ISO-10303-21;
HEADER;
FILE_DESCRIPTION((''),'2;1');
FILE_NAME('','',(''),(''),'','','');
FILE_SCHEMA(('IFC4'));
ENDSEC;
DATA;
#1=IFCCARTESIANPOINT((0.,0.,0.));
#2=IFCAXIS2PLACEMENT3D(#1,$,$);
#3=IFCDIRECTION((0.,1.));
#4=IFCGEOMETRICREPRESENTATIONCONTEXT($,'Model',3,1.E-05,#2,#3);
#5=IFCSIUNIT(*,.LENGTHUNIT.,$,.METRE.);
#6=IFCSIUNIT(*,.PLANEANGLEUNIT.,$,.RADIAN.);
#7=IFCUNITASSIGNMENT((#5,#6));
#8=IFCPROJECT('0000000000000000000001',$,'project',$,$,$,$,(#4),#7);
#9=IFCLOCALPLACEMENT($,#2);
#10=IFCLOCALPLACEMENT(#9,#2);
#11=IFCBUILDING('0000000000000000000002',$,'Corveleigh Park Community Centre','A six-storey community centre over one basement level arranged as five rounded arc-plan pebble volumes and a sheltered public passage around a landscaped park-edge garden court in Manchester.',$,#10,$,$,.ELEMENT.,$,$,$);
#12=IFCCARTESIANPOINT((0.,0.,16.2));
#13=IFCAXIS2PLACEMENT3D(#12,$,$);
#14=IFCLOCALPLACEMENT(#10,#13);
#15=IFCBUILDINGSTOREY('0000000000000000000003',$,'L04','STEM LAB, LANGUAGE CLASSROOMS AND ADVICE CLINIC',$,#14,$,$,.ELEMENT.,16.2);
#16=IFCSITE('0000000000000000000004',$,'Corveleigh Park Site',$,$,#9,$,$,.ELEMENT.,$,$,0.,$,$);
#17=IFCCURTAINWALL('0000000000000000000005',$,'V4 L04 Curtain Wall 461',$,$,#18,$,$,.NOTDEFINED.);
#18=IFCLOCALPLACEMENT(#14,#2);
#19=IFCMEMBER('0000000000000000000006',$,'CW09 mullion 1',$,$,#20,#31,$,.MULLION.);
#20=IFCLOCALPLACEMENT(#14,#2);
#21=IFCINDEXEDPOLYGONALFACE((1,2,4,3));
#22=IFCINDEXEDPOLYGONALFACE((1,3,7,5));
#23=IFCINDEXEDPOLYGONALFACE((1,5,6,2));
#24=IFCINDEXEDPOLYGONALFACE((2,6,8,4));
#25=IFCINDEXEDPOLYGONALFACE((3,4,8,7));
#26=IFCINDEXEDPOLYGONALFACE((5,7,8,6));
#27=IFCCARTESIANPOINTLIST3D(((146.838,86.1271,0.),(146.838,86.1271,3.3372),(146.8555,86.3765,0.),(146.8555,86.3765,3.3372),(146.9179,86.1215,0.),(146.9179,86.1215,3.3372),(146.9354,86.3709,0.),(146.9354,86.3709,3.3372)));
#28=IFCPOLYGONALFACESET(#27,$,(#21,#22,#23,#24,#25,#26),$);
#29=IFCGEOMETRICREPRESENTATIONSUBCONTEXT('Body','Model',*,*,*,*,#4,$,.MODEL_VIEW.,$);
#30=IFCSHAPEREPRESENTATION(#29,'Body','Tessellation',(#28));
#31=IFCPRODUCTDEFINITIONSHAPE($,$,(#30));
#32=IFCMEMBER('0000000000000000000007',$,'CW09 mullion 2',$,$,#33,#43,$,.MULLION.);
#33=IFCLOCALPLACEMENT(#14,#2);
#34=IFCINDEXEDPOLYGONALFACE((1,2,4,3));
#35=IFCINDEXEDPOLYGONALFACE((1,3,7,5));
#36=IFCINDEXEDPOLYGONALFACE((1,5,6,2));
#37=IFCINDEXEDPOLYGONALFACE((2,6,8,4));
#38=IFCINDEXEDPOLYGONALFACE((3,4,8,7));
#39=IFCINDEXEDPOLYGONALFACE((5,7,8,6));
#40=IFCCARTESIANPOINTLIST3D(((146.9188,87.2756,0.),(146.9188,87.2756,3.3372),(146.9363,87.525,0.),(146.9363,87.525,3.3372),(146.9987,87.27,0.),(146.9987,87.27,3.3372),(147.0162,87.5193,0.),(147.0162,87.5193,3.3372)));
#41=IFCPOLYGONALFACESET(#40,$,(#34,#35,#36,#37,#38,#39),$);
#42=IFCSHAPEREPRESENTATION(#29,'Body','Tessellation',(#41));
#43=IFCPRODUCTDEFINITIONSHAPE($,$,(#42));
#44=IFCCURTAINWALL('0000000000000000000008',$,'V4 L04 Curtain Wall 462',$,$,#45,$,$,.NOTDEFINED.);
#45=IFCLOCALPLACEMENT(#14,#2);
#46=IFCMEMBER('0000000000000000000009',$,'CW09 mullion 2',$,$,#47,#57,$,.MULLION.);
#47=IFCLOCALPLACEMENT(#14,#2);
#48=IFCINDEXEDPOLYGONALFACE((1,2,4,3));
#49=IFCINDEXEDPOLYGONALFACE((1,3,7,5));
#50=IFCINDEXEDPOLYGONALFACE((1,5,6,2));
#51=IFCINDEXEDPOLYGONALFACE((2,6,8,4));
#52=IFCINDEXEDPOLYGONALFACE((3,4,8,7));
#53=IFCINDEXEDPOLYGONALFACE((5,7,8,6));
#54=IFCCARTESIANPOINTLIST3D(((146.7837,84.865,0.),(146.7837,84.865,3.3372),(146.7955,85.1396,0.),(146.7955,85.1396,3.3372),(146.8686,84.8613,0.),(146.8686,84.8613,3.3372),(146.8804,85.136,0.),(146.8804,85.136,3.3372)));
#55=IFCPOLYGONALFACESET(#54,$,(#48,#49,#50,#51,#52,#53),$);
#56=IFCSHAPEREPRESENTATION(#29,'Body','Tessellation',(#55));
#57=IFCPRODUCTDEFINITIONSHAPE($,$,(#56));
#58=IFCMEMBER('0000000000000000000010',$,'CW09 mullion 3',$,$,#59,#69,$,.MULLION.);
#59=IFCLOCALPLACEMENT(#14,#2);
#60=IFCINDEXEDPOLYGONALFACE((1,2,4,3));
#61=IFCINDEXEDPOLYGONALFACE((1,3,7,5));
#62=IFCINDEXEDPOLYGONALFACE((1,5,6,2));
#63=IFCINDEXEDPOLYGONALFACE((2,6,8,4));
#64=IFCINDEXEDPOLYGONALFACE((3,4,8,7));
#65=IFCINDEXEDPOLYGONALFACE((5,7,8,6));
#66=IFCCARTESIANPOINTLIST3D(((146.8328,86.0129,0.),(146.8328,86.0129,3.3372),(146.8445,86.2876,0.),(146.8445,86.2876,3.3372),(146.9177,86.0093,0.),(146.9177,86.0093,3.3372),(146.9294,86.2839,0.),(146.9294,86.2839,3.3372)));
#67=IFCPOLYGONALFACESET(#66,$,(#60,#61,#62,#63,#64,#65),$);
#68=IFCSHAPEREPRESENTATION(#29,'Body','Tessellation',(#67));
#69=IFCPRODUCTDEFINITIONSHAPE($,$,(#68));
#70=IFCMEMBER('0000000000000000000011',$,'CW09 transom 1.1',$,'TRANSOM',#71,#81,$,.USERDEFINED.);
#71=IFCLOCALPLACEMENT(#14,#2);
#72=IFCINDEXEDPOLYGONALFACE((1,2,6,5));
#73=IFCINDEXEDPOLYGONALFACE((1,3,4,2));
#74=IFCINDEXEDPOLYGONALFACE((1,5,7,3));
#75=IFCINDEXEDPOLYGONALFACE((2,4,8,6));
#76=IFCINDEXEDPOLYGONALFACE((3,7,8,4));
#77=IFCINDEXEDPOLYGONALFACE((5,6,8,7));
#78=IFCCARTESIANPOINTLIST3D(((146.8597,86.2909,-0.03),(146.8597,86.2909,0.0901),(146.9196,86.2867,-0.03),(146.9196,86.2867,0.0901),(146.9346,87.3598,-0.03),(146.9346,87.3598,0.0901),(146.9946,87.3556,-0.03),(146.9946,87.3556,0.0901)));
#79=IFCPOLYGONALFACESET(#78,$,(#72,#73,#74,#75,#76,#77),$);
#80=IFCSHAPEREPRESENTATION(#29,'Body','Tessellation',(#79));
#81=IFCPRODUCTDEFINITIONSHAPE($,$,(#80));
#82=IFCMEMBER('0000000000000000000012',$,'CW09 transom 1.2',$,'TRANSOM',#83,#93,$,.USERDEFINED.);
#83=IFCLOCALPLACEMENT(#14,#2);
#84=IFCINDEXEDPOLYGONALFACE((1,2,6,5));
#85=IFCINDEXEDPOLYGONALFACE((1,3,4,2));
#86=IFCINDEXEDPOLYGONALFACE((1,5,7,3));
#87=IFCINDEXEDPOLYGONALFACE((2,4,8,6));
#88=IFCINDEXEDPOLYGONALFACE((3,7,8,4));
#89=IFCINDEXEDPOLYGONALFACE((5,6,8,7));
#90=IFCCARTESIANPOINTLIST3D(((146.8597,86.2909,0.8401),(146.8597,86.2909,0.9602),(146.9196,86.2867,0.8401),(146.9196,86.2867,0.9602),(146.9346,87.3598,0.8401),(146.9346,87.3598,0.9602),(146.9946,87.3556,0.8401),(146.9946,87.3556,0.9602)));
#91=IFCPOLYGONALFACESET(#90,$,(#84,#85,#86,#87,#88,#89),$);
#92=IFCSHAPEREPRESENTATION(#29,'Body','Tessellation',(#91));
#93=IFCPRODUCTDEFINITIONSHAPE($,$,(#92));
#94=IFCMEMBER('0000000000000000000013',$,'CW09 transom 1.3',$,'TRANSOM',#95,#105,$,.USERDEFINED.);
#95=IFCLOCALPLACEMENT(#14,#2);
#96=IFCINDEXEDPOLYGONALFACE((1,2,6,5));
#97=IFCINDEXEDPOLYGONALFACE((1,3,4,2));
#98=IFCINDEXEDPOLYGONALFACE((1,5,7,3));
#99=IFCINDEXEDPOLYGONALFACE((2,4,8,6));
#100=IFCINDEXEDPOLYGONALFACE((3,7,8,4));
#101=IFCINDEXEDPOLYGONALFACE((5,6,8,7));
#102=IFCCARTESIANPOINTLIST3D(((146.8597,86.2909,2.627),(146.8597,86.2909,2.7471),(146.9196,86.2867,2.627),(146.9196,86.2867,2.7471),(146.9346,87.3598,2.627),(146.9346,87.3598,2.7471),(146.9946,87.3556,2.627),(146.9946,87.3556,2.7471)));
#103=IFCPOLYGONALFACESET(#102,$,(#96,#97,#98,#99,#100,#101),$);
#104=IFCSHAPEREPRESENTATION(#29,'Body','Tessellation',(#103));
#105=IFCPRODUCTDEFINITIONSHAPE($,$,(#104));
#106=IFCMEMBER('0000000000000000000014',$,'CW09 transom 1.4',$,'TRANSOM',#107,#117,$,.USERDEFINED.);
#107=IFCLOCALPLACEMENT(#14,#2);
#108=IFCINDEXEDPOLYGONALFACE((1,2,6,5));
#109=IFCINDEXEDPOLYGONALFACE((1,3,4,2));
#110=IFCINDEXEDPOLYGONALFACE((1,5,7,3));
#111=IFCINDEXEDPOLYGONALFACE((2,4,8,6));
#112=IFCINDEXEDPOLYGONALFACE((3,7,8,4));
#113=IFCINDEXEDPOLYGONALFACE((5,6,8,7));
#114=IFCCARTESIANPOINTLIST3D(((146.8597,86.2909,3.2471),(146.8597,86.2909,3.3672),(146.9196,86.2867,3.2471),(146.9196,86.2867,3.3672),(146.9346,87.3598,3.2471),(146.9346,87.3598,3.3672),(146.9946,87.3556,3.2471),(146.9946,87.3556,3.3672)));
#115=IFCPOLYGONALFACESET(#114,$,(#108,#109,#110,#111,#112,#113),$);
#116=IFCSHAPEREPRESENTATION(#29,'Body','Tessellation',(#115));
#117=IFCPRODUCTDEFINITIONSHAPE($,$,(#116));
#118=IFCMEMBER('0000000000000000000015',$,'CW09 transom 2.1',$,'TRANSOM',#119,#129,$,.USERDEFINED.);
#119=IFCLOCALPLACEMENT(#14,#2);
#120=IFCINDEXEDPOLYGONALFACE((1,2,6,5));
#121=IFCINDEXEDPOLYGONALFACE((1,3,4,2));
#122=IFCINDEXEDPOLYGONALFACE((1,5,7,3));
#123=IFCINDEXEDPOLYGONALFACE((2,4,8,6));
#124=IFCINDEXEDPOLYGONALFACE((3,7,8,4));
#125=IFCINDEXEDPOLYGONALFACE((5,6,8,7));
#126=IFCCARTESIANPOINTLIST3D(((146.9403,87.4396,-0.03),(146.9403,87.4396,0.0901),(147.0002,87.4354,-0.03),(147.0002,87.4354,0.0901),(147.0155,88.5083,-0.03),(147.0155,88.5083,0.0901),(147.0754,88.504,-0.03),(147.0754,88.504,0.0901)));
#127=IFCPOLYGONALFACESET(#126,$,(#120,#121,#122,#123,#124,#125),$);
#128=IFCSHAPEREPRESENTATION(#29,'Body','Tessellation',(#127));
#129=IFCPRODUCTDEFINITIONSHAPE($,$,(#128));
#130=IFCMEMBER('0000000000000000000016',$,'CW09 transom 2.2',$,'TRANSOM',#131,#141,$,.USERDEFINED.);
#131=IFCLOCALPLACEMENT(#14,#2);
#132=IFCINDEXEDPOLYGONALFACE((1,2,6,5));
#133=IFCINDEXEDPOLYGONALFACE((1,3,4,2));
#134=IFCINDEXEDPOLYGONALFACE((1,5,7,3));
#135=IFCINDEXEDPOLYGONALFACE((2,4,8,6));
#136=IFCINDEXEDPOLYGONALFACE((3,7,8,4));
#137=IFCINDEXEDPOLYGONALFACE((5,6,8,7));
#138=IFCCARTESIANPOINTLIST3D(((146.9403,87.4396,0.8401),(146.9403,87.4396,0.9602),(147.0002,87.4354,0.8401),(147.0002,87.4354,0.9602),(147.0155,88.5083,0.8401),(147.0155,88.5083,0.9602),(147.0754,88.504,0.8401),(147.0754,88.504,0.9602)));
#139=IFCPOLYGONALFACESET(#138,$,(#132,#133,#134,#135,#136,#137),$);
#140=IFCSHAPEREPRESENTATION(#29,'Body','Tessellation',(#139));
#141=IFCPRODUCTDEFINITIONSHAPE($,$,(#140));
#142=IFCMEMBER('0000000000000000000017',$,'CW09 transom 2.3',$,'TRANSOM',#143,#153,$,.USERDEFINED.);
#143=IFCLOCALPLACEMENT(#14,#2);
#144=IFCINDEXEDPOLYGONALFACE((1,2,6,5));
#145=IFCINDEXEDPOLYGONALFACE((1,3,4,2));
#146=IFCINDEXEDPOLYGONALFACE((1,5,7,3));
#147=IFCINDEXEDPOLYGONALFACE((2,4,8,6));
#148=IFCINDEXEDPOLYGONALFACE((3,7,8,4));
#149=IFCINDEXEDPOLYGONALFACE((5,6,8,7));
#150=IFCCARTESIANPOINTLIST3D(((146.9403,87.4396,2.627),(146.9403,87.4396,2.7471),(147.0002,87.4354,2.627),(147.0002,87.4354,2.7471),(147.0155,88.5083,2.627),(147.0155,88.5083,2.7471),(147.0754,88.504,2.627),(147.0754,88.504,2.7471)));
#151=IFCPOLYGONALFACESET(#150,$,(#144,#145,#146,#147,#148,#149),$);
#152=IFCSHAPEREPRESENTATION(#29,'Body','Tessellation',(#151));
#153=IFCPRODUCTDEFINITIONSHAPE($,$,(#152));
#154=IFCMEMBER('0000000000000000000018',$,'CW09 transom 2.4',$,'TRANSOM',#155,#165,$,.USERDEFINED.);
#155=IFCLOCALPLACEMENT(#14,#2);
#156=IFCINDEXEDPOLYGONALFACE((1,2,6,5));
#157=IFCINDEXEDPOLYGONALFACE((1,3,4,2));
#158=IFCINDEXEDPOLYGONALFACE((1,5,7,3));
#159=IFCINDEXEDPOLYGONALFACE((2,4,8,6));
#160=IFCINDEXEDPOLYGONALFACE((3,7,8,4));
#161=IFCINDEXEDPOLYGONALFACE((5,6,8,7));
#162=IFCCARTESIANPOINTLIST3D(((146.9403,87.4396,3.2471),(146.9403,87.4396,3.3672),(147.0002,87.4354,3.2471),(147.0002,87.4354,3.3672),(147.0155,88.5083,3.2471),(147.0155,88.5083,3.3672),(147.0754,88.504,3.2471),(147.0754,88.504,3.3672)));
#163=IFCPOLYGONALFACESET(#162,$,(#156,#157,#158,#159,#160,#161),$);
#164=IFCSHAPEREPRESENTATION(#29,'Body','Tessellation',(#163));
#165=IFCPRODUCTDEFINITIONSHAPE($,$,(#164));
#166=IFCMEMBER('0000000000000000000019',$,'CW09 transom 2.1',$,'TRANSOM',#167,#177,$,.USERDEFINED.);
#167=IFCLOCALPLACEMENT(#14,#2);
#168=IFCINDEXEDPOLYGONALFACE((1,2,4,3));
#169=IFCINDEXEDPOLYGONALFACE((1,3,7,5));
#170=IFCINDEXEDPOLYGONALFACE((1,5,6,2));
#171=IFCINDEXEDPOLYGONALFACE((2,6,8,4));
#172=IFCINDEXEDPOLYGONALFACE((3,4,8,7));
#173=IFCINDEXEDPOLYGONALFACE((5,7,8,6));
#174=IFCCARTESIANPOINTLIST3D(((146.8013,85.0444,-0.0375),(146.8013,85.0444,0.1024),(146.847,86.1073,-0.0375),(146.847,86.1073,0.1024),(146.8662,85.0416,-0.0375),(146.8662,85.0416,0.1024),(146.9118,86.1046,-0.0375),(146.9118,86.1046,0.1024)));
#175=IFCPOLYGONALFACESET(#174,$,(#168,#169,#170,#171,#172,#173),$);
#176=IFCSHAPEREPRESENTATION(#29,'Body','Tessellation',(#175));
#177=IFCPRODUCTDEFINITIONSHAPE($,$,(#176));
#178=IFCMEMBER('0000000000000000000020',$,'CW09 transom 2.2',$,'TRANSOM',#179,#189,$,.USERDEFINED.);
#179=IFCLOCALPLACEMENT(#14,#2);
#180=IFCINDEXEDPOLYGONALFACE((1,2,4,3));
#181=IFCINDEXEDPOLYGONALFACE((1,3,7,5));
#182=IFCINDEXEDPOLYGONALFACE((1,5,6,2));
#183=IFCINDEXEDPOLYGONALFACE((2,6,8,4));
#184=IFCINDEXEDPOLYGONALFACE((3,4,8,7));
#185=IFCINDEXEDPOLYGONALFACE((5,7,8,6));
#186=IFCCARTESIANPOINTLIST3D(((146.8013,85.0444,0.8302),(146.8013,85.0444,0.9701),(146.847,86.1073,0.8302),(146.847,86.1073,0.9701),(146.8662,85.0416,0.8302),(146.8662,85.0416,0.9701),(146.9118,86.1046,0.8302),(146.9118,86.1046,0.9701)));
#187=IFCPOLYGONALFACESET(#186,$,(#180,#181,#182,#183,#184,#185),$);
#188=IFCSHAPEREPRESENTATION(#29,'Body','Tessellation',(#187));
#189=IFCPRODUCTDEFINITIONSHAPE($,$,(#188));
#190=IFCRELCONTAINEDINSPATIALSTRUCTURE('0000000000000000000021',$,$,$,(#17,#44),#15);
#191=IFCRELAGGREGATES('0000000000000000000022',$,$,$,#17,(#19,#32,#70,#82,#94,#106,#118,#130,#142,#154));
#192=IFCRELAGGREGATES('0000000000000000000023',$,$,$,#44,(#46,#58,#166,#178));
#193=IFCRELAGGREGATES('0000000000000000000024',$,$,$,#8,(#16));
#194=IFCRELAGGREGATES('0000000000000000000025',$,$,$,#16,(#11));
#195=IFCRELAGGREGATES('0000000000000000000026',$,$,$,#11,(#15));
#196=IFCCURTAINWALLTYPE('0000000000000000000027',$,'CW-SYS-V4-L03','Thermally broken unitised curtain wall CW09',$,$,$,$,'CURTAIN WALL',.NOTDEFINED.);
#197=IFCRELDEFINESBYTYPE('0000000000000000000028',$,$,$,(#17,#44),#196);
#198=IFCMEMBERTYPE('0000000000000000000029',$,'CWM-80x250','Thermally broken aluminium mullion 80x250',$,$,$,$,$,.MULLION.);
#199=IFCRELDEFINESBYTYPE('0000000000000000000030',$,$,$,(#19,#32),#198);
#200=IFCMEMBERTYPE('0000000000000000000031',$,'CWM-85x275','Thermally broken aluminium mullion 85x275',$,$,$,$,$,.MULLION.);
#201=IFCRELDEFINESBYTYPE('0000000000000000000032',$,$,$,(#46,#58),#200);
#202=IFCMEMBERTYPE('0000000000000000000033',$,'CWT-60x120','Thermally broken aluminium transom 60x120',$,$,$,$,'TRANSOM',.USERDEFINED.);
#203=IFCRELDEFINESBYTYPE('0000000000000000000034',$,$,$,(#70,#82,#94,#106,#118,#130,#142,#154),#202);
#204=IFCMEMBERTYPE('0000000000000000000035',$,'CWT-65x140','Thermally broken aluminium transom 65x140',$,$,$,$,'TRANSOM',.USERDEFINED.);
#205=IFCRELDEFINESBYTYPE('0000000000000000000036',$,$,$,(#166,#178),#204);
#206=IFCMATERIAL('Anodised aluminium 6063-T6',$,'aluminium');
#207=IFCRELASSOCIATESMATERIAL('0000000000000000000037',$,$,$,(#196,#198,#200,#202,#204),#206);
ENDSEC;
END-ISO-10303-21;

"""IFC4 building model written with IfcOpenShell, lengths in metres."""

from ifc_helpers import new_model, si_unit, direction, frame, origin, origin_2d, place, context, subcontext, project, spatial, rectangle, extrude, material, material_profile, profile_set, type_object, element, aggregate, save


model = new_model("IFC4")

# Units and contexts
model_context = context("Model", 3, precision=1e-05, world=origin(), true_north=direction((0.0, 1.0)))
body_context = subcontext(model_context, "Body", "Model", "MODEL_VIEW")
ifc_project = project(units=[si_unit("LENGTHUNIT", "METRE"), si_unit("PLANEANGLEUNIT", "RADIAN")], contexts=[model_context])

# Site, building, storey
site_placement = place(None, origin())
site = spatial("IfcSite", under=ifc_project, at=site_placement, Name="Corveleigh Park Site", CompositionType="ELEMENT", RefElevation=0.0)
building_placement = place(site_placement, origin())
building = spatial("IfcBuilding", under=site, at=building_placement, Name="Corveleigh Park Community Centre", Description="A six-storey community centre over one basement level arranged as five rounded arc-plan pebble volumes and a sheltered public passage around a landscaped park-edge garden court in Manchester.", CompositionType="ELEMENT")
storey_placement = place(building_placement, frame((0.0, 0.0, 16.2)))
storey = spatial("IfcBuildingStorey", under=building, at=storey_placement, Name="L04", Description="STEM LAB, LANGUAGE CLASSROOMS AND ADVICE CLINIC", CompositionType="ELEMENT", Elevation=16.2)

# Curtain walls, members
ifc_material_1 = material(Name="Anodised aluminium 6063-T6", Category="aluminium")
curtain_wall_type = type_object("IfcCurtainWallType", Name="CW-SYS-V4-L03", Description="Thermally broken unitised curtain wall CW09", ElementType="CURTAIN WALL", PredefinedType="NOTDEFINED", material=ifc_material_1)
curtain_wall_1_placement = place(storey_placement, origin())
curtain_wall_1 = element("IfcCurtainWall", 1, at=curtain_wall_1_placement, inside=storey, type_object=curtain_wall_type, Name="V4 L04 Curtain Wall 461", PredefinedType="NOTDEFINED")
ifc_material_profile_1 = material_profile(ifc_material_1, rectangle(XDim=0.0801, YDim=0.25, at=origin_2d()), Name="ALU-M80x250", Category="aluminium")
ifc_profile_set_1 = profile_set([ifc_material_profile_1], Name="Anodised aluminium 6063-T6")
member_type_1 = type_object("IfcMemberType", Name="CWM-80x250", Description="Thermally broken aluminium mullion 80x250", PredefinedType="MULLION", material=ifc_profile_set_1)
member_1_placement = place(storey_placement, frame((146.8867, 86.249, 0.0), z_axis=(0.0, 0.0, 1.0), x_axis=(-0.997541, 0.070084, 0.0)))
member_1 = element("IfcMember", 2, at=member_1_placement, type_object=member_type_1, Name="CW09 mullion 1", PredefinedType="MULLION", context=body_context, shape_type="SweptSolid", body=[
    extrude(rectangle(XDim=0.0801, YDim=0.25, at=origin_2d()), origin(), (0.0, 0.0, 1.0), 3.3372),
])
member_2_placement = place(storey_placement, frame((146.9675, 87.3975, 0.0), z_axis=(0.0, 0.0, 1.0), x_axis=(-0.997541, 0.070084, 0.0)))
member_2 = element("IfcMember", 3, at=member_2_placement, type_object=member_type_1, Name="CW09 mullion 2", PredefinedType="MULLION", context=body_context, shape_type="SweptSolid", body=[
    extrude(rectangle(XDim=0.0801, YDim=0.25, at=origin_2d()), origin(), (0.0, 0.0, 1.0), 3.3372),
])
curtain_wall_2_placement = place(storey_placement, origin())
curtain_wall_2 = element("IfcCurtainWall", 4, at=curtain_wall_2_placement, inside=storey, type_object=curtain_wall_type, Name="V4 L04 Curtain Wall 462", PredefinedType="NOTDEFINED")
ifc_material_profile_2 = material_profile(ifc_material_1, rectangle(XDim=0.085, YDim=0.2749, at=origin_2d()), Name="ALU-M85x275", Category="aluminium")
ifc_profile_set_2 = profile_set([ifc_material_profile_2], Name="Anodised aluminium 6063-T6")
member_type_2 = type_object("IfcMemberType", Name="CWM-85x275", Description="Thermally broken aluminium mullion 85x275", PredefinedType="MULLION", material=ifc_profile_set_2)
member_3_placement = place(storey_placement, frame((146.832, 85.0005, 0.0), z_axis=(0.0, 0.0, 1.0), x_axis=(-0.999084, 0.0428, 0.0)))
member_3 = element("IfcMember", 5, at=member_3_placement, type_object=member_type_2, Name="CW09 mullion 2", PredefinedType="MULLION", context=body_context, shape_type="SweptSolid", body=[
    extrude(rectangle(XDim=0.085, YDim=0.2749, at=origin_2d()), origin(), (0.0, 0.0, 1.0), 3.3372),
])
member_4_placement = place(storey_placement, frame((146.8811, 86.1484, 0.0), z_axis=(0.0, 0.0, 1.0), x_axis=(-0.999084, 0.0428, 0.0)))
member_4 = element("IfcMember", 6, at=member_4_placement, type_object=member_type_2, Name="CW09 mullion 3", PredefinedType="MULLION", context=body_context, shape_type="SweptSolid", body=[
    extrude(rectangle(XDim=0.085, YDim=0.2749, at=origin_2d()), origin(), (0.0, 0.0, 1.0), 3.3372),
])

# Members
ifc_material_profile_3 = material_profile(ifc_material_1, rectangle(XDim=0.0601, YDim=0.1201, at=origin_2d()), Name="ALU-T60x120", Category="aluminium")
ifc_profile_set_3 = profile_set([ifc_material_profile_3], Name="Anodised aluminium 6063-T6")
member_type_3 = type_object("IfcMemberType", Name="CWT-60x120", Description="Thermally broken aluminium transom 60x120", ElementType="TRANSOM", PredefinedType="USERDEFINED", material=ifc_profile_set_3)
member_5_placement = place(storey_placement, frame((146.8896, 86.2888, 0.03), z_axis=(0.069952, 0.99755, 0.0), x_axis=(-0.99755, 0.069952, 0.0)))
member_5 = element("IfcMember", 7, at=member_5_placement, type_object=member_type_3, Name="CW09 transom 1.1", ObjectType="TRANSOM", PredefinedType="USERDEFINED", context=body_context, shape_type="SweptSolid", body=[
    extrude(rectangle(XDim=0.0601, YDim=0.1201, at=origin_2d()), origin(), (0.0, 0.0, 1.0), 1.0715),
])
member_6_placement = place(storey_placement, frame((146.8896, 86.2888, 0.9001), z_axis=(0.069952, 0.99755, 0.0), x_axis=(-0.99755, 0.069952, 0.0)))
member_6 = element("IfcMember", 8, at=member_6_placement, type_object=member_type_3, Name="CW09 transom 1.2", ObjectType="TRANSOM", PredefinedType="USERDEFINED", context=body_context, shape_type="SweptSolid", body=[
    extrude(rectangle(XDim=0.0601, YDim=0.1201, at=origin_2d()), origin(), (0.0, 0.0, 1.0), 1.0715),
])
member_7_placement = place(storey_placement, frame((146.8896, 86.2888, 2.687), z_axis=(0.069952, 0.99755, 0.0), x_axis=(-0.99755, 0.069952, 0.0)))
member_7 = element("IfcMember", 9, at=member_7_placement, type_object=member_type_3, Name="CW09 transom 1.3", ObjectType="TRANSOM", PredefinedType="USERDEFINED", context=body_context, shape_type="SweptSolid", body=[
    extrude(rectangle(XDim=0.0601, YDim=0.1201, at=origin_2d()), origin(), (0.0, 0.0, 1.0), 1.0715),
])
member_8_placement = place(storey_placement, frame((146.8896, 86.2888, 3.3071), z_axis=(0.069952, 0.99755, 0.0), x_axis=(-0.99755, 0.069952, 0.0)))
member_8 = element("IfcMember", 10, at=member_8_placement, type_object=member_type_3, Name="CW09 transom 1.4", ObjectType="TRANSOM", PredefinedType="USERDEFINED", context=body_context, shape_type="SweptSolid", body=[
    extrude(rectangle(XDim=0.0601, YDim=0.1201, at=origin_2d()), origin(), (0.0, 0.0, 1.0), 1.0715),
])
member_9_placement = place(storey_placement, frame((146.9702, 87.4375, 0.03), z_axis=(0.070194, 0.997533, 0.0), x_axis=(-0.997533, 0.070194, 0.0)))
member_9 = element("IfcMember", 11, at=member_9_placement, type_object=member_type_3, Name="CW09 transom 2.1", ObjectType="TRANSOM", PredefinedType="USERDEFINED", context=body_context, shape_type="SweptSolid", body=[
    extrude(rectangle(XDim=0.0601, YDim=0.1201, at=origin_2d()), origin(), (0.0, 0.0, 1.0), 1.0713),
])
member_10_placement = place(storey_placement, frame((146.9702, 87.4375, 0.9001), z_axis=(0.070194, 0.997533, 0.0), x_axis=(-0.997533, 0.070194, 0.0)))
member_10 = element("IfcMember", 12, at=member_10_placement, type_object=member_type_3, Name="CW09 transom 2.2", ObjectType="TRANSOM", PredefinedType="USERDEFINED", context=body_context, shape_type="SweptSolid", body=[
    extrude(rectangle(XDim=0.0601, YDim=0.1201, at=origin_2d()), origin(), (0.0, 0.0, 1.0), 1.0713),
])
member_11_placement = place(storey_placement, frame((146.9702, 87.4375, 2.687), z_axis=(0.070194, 0.997533, 0.0), x_axis=(-0.997533, 0.070194, 0.0)))
member_11 = element("IfcMember", 13, at=member_11_placement, type_object=member_type_3, Name="CW09 transom 2.3", ObjectType="TRANSOM", PredefinedType="USERDEFINED", context=body_context, shape_type="SweptSolid", body=[
    extrude(rectangle(XDim=0.0601, YDim=0.1201, at=origin_2d()), origin(), (0.0, 0.0, 1.0), 1.0713),
])
member_12_placement = place(storey_placement, frame((146.9702, 87.4375, 3.3071), z_axis=(0.070194, 0.997533, 0.0), x_axis=(-0.997533, 0.070194, 0.0)))
member_12 = element("IfcMember", 14, at=member_12_placement, type_object=member_type_3, Name="CW09 transom 2.4", ObjectType="TRANSOM", PredefinedType="USERDEFINED", context=body_context, shape_type="SweptSolid", body=[
    extrude(rectangle(XDim=0.0601, YDim=0.1201, at=origin_2d()), origin(), (0.0, 0.0, 1.0), 1.0713),
])
ifc_material_profile_4 = material_profile(ifc_material_1, rectangle(XDim=0.0649, YDim=0.1399, at=origin_2d()), Name="ALU-T65x140", Category="aluminium")
ifc_profile_set_4 = profile_set([ifc_material_profile_4], Name="Anodised aluminium 6063-T6")
member_type_4 = type_object("IfcMemberType", Name="CWT-65x140", Description="Thermally broken aluminium transom 65x140", ElementType="TRANSOM", PredefinedType="USERDEFINED", material=ifc_profile_set_4)
member_13_placement = place(storey_placement, frame((146.8337, 85.043, 0.0325), z_axis=(0.042909, 0.999079, 0.0), x_axis=(-0.999079, 0.042909, 0.0)))
member_13 = element("IfcMember", 15, at=member_13_placement, type_object=member_type_4, Name="CW09 transom 2.1", ObjectType="TRANSOM", PredefinedType="USERDEFINED", context=body_context, shape_type="SweptSolid", body=[
    extrude(rectangle(XDim=0.0649, YDim=0.1399, at=origin_2d()), origin(), (0.0, 0.0, 1.0), 1.064),
])
member_14_placement = place(storey_placement, frame((146.8337, 85.043, 0.9001), z_axis=(0.042909, 0.999079, 0.0), x_axis=(-0.999079, 0.042909, 0.0)))
member_14 = element("IfcMember", 16, at=member_14_placement, type_object=member_type_4, Name="CW09 transom 2.2", ObjectType="TRANSOM", PredefinedType="USERDEFINED", context=body_context, shape_type="SweptSolid", body=[
    extrude(rectangle(XDim=0.0649, YDim=0.1399, at=origin_2d()), origin(), (0.0, 0.0, 1.0), 1.064),
])

aggregate(curtain_wall_1, [member_1, member_2, member_5, member_6, member_7, member_8, member_9, member_10, member_11, member_12])
aggregate(curtain_wall_2, [member_3, member_4, member_13, member_14])

save(model, "model.ifc")
